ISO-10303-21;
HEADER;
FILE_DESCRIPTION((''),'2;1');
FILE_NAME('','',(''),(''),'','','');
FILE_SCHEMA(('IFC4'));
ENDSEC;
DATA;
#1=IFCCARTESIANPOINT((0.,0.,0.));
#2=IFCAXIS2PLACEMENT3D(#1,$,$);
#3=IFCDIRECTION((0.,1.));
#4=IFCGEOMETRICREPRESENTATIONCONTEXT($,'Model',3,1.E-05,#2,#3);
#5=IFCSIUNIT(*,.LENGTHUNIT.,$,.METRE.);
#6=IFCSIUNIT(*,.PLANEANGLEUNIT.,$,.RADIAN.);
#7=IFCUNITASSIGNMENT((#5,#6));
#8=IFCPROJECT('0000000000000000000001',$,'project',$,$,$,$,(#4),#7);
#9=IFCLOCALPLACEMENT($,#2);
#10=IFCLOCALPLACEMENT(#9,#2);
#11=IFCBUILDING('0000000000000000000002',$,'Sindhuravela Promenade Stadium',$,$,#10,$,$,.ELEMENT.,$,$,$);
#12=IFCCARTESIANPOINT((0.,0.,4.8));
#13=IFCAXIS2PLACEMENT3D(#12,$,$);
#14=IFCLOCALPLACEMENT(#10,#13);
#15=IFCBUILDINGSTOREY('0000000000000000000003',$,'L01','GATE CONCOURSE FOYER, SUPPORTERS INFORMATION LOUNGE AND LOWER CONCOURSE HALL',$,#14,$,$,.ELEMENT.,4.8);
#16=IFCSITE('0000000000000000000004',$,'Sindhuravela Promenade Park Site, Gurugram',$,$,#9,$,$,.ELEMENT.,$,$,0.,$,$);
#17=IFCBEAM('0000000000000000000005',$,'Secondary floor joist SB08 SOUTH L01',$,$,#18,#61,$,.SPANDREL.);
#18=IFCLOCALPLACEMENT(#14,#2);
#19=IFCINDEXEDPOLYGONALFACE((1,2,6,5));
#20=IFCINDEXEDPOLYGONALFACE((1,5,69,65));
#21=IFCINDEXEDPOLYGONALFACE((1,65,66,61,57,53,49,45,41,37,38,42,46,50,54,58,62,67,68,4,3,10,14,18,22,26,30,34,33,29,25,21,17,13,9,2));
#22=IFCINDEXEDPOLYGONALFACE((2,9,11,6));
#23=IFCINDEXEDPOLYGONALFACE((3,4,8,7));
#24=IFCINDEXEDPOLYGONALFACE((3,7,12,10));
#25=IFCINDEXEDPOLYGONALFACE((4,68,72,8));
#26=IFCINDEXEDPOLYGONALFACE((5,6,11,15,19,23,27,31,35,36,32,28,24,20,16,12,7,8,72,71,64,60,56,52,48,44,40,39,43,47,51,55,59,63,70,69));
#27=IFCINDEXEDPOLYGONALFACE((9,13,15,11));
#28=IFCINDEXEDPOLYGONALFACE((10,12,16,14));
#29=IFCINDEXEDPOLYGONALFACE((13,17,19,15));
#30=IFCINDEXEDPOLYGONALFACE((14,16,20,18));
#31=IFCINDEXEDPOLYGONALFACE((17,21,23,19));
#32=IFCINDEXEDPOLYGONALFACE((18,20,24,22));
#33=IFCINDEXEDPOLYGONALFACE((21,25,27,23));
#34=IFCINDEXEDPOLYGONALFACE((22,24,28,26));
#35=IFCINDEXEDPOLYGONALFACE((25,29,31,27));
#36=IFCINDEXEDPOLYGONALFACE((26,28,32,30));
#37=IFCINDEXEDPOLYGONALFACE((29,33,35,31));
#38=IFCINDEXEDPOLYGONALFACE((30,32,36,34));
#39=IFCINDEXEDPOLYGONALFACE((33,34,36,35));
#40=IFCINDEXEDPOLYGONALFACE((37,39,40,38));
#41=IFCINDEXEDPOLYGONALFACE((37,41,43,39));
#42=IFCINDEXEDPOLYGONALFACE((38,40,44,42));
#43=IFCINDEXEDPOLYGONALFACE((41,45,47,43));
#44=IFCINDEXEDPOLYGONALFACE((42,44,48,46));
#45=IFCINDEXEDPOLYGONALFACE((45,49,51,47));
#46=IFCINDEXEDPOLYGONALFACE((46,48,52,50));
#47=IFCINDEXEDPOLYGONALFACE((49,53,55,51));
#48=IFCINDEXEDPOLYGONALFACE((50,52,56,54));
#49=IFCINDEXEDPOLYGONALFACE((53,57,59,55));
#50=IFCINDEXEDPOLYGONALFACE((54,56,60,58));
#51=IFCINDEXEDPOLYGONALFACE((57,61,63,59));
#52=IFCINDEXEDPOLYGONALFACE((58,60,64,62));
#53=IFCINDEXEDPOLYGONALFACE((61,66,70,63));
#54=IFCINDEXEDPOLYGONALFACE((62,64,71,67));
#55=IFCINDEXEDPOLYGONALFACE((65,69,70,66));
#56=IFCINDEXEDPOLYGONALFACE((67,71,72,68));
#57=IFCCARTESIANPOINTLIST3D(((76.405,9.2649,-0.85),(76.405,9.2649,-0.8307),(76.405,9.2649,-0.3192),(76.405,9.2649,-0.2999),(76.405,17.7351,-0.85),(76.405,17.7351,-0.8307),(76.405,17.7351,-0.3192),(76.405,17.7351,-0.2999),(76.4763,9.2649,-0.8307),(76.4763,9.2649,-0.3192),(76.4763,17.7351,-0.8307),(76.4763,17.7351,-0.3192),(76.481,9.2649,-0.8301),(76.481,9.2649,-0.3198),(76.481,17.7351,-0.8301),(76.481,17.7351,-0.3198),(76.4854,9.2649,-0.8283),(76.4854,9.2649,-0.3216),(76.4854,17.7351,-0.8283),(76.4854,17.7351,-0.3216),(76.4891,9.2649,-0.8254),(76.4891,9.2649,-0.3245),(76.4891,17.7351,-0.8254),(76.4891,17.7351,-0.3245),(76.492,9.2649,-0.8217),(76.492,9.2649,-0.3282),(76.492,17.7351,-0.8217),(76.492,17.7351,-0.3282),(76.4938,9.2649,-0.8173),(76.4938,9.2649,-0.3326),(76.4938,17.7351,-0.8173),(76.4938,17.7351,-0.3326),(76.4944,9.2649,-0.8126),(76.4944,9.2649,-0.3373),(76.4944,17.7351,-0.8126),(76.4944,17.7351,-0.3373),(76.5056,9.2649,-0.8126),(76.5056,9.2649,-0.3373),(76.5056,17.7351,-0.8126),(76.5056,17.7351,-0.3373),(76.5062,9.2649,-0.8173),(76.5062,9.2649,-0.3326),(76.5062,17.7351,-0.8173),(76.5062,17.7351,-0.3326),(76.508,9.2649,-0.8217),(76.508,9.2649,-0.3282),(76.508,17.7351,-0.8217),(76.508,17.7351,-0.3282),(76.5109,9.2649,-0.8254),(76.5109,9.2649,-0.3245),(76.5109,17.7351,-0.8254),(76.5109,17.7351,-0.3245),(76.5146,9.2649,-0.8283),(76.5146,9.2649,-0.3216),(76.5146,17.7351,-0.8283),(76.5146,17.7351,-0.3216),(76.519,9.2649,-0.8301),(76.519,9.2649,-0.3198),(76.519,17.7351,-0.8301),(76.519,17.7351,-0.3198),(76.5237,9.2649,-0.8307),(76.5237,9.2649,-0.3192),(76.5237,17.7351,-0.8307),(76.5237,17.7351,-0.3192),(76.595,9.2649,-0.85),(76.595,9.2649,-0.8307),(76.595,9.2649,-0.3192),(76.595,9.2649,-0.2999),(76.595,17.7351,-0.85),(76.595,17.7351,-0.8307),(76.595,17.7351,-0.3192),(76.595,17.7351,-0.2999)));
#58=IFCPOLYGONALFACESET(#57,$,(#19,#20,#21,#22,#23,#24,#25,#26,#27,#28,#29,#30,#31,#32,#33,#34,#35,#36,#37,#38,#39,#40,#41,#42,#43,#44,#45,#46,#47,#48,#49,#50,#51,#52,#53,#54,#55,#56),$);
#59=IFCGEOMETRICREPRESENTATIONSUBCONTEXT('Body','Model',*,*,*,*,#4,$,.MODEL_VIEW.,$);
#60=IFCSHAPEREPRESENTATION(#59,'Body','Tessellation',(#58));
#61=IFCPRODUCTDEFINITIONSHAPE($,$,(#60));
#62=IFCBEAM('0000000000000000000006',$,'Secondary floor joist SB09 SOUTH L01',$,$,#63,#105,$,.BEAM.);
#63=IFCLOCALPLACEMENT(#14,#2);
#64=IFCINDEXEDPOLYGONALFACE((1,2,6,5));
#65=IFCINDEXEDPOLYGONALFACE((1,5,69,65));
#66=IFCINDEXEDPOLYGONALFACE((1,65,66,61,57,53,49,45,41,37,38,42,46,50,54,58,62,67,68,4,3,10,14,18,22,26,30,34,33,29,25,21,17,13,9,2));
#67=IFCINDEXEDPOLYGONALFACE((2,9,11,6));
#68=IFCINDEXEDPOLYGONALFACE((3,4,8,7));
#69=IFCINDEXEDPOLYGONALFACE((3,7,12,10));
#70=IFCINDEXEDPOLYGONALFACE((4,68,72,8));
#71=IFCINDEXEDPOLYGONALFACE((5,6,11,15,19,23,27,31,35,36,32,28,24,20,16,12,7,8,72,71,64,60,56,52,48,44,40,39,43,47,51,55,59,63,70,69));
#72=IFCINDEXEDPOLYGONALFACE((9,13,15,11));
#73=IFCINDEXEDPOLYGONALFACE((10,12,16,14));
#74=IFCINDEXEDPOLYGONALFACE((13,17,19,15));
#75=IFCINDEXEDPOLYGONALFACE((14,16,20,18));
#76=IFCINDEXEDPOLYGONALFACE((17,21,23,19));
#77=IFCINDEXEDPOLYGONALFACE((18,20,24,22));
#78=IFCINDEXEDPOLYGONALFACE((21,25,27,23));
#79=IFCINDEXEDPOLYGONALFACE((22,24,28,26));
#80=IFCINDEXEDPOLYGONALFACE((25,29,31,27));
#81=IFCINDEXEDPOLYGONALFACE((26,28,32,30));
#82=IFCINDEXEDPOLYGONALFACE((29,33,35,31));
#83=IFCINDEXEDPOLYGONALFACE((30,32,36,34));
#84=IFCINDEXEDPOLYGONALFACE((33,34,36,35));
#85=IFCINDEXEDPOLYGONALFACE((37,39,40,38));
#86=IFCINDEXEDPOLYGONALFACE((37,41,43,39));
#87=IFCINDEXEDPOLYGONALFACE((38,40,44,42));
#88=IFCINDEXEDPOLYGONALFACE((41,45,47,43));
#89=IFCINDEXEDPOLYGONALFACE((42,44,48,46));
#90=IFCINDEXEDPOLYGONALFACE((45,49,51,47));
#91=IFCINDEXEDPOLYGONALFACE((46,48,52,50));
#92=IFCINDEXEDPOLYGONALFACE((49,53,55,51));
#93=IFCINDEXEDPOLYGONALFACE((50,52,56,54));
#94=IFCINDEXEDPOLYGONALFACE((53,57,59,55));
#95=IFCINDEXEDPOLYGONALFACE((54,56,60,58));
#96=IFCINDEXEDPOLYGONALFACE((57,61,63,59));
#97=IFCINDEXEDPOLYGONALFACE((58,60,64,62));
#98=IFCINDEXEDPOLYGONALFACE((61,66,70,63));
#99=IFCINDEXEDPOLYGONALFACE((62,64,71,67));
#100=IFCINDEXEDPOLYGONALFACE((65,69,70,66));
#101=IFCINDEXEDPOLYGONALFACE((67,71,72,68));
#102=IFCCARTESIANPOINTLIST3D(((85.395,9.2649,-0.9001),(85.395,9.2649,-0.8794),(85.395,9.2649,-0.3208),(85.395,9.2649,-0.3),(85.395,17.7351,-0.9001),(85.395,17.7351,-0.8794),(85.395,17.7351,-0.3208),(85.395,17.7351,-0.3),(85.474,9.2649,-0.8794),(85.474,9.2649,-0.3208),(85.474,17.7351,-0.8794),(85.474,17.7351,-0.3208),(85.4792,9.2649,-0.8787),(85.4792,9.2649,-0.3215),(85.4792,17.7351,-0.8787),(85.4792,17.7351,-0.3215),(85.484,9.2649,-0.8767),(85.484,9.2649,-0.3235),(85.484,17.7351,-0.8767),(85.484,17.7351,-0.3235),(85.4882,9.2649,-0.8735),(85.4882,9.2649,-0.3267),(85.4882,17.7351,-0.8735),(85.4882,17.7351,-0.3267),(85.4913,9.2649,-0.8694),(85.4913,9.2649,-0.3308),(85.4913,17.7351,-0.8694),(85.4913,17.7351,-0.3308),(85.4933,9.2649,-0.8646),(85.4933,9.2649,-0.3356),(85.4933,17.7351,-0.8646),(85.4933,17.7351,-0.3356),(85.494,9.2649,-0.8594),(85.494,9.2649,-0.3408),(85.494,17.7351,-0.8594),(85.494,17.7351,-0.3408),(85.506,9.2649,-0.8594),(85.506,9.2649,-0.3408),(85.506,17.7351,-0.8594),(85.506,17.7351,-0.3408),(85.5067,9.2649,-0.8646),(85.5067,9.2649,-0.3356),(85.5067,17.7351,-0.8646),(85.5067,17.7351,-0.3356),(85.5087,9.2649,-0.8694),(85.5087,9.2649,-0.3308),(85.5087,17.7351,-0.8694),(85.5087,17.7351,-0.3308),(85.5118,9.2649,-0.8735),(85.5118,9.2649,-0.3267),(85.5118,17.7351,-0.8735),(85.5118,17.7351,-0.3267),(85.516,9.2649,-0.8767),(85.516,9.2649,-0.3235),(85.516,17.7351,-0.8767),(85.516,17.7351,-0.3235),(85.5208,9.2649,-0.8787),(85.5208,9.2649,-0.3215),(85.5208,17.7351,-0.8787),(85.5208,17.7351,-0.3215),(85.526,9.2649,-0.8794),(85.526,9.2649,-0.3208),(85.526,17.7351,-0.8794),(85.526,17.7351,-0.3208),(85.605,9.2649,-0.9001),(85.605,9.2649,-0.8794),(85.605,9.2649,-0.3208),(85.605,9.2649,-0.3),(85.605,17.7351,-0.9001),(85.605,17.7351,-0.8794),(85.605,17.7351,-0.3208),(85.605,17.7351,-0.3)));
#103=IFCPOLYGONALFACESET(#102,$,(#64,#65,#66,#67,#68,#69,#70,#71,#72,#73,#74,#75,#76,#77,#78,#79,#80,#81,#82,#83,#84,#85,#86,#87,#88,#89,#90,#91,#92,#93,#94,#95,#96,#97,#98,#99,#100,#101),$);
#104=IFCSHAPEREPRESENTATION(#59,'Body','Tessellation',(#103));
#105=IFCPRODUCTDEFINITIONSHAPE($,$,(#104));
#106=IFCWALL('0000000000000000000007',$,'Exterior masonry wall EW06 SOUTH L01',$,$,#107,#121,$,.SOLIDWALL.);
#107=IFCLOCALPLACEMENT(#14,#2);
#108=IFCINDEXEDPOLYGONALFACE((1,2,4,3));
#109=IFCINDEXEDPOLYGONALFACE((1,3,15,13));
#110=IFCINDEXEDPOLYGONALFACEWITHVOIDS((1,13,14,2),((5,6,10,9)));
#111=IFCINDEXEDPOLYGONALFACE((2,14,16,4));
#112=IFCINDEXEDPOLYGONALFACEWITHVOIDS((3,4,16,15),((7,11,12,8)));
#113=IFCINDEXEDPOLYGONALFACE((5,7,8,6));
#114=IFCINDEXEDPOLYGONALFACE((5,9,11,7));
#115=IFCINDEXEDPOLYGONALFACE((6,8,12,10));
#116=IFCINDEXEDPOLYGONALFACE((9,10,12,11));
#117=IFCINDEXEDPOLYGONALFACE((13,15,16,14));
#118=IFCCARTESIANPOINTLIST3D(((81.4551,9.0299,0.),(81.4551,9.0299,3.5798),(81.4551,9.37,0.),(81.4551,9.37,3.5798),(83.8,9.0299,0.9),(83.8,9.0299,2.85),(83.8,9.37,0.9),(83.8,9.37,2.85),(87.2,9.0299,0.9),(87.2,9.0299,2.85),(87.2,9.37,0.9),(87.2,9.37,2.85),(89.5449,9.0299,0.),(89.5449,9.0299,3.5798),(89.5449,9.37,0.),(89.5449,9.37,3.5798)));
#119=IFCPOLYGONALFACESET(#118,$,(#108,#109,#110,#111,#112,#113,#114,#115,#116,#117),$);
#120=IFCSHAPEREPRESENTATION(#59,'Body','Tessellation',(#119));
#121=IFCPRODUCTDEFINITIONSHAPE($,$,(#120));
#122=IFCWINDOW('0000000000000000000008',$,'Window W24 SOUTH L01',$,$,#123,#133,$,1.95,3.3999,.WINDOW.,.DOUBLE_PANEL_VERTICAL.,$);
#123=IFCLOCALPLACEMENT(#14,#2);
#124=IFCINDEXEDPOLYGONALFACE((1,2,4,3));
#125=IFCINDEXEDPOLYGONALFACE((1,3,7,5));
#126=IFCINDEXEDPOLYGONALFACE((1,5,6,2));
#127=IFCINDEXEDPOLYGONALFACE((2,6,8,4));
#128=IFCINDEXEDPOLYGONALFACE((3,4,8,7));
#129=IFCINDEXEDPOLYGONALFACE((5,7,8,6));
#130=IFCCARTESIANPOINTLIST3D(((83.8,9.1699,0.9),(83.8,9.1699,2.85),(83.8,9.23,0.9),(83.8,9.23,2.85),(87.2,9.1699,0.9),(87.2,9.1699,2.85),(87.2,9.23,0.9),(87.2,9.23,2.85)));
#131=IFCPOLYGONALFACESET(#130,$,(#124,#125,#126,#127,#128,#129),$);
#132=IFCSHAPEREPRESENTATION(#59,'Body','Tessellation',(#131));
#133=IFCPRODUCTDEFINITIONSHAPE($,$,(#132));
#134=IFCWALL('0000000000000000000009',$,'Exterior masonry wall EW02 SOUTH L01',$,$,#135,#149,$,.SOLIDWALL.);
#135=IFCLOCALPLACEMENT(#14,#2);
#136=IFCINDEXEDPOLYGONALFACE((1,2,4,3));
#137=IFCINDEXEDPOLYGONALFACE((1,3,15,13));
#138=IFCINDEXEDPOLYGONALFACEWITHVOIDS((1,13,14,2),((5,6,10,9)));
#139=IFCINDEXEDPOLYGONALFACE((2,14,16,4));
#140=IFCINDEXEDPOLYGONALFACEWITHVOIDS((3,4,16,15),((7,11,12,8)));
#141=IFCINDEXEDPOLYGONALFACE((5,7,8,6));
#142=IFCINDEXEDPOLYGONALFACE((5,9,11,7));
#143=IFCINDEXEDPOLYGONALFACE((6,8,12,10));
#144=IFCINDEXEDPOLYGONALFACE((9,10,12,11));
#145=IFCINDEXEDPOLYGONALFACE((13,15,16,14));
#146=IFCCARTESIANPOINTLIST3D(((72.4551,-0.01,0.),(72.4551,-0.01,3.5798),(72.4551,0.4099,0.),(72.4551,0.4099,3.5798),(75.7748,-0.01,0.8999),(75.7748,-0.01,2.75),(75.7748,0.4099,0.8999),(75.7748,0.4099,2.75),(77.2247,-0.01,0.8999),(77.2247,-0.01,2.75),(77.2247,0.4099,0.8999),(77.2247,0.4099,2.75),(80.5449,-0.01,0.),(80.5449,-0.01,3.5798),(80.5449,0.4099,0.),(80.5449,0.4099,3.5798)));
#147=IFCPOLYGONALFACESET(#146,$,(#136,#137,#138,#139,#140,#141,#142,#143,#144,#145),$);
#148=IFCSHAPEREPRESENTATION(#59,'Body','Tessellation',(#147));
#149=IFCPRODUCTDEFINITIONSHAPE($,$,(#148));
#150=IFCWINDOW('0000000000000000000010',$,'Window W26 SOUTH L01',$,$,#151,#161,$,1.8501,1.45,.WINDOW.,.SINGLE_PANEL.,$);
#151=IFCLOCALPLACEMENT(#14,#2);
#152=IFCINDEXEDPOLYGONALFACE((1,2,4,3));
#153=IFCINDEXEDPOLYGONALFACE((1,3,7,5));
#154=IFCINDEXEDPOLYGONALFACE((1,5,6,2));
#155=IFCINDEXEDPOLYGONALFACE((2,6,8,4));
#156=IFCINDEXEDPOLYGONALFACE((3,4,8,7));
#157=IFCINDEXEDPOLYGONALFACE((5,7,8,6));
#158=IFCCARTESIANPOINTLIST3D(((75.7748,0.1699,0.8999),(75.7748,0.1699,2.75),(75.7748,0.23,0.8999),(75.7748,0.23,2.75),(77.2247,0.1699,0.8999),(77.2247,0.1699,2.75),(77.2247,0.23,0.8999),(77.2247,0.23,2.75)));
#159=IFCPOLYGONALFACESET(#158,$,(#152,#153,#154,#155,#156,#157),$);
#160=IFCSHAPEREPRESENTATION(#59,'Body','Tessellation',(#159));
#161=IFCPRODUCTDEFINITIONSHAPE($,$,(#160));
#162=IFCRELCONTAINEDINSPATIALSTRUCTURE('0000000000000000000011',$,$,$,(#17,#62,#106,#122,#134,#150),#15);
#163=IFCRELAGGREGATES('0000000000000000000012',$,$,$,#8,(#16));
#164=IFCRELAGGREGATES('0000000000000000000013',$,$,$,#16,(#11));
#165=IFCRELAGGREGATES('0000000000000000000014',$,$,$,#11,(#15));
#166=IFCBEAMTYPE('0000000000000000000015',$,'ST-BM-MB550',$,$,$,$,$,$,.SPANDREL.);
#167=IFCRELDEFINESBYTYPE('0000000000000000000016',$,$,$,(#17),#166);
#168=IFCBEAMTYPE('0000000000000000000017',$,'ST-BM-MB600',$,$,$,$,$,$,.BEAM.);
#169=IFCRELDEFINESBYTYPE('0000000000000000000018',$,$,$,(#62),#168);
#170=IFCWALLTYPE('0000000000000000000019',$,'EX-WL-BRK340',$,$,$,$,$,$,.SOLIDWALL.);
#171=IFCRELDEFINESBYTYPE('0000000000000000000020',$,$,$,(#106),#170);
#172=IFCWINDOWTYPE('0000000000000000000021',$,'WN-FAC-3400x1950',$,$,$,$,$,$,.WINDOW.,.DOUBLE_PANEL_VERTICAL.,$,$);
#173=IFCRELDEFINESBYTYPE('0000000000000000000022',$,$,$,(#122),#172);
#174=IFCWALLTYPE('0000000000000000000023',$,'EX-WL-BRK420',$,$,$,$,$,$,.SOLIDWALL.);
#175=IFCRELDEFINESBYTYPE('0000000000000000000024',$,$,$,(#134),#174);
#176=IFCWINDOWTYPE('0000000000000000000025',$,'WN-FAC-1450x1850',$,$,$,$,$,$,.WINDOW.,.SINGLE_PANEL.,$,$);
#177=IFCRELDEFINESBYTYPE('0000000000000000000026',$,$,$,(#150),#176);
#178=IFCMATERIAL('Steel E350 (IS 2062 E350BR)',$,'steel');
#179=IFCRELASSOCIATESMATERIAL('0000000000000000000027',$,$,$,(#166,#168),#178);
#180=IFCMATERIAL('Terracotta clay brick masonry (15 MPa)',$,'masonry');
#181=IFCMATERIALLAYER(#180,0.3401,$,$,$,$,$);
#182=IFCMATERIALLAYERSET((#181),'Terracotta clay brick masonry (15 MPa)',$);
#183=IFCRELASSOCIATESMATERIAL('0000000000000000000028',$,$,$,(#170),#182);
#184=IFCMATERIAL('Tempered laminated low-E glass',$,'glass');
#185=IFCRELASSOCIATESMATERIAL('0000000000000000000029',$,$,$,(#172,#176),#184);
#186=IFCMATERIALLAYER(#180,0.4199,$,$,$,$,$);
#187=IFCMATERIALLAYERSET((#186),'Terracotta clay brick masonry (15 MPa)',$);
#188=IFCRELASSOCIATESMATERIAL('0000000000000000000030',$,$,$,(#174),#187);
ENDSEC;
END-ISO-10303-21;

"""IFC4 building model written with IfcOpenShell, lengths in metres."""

from ifc_helpers import new_model, si_unit, direction, frame, frame_2d, origin, origin_2d, place, context, subcontext, project, spatial, rectangle, i_section, extrude, material, layer, layer_set, material_profile, profile_set, type_object, element, fill, save


model = new_model("IFC4")

# Units and contexts
model_context = context("Model", 3, precision=1e-05, world=origin(), true_north=direction((0.0, 1.0)))
body_context = subcontext(model_context, "Body", "Model", "MODEL_VIEW")
ifc_project = project(units=[si_unit("LENGTHUNIT", "METRE"), si_unit("PLANEANGLEUNIT", "RADIAN")], contexts=[model_context])

# Site, building, storey
site_placement = place(None, origin())
site = spatial("IfcSite", under=ifc_project, at=site_placement, Name="Sindhuravela Promenade Park Site, Gurugram", CompositionType="ELEMENT", RefElevation=0.0)
building_placement = place(site_placement, origin())
building = spatial("IfcBuilding", under=site, at=building_placement, Name="Sindhuravela Promenade Stadium", CompositionType="ELEMENT")
storey_placement = place(building_placement, frame((0.0, 0.0, 4.8)))
storey = spatial("IfcBuildingStorey", under=building, at=storey_placement, Name="L01", Description="GATE CONCOURSE FOYER, SUPPORTERS INFORMATION LOUNGE AND LOWER CONCOURSE HALL", CompositionType="ELEMENT", Elevation=4.8)

# Beams
ifc_material_1 = material(Name="Steel E350 (IS 2062 E350BR)", Category="steel")
ifc_material_profile_1 = material_profile(ifc_material_1, i_section(OverallWidth=0.1899, OverallDepth=0.55, WebThickness=0.0112, FlangeThickness=0.0193, FilletRadius=0.0181, at=origin_2d()), Name="ISMB 550")
ifc_profile_set_1 = profile_set([ifc_material_profile_1], Name="Steel E350 (IS 2062 E350BR)")
beam_type_1 = type_object("IfcBeamType", Name="ST-BM-MB550", PredefinedType="SPANDREL", material=ifc_profile_set_1)
beam_1_placement = place(storey_placement, frame((76.5, 9.2649, -0.575), z_axis=(0.0, 1.0, 0.0), x_axis=(-1.0, 0.0, 0.0)))
element("IfcBeam", 1, at=beam_1_placement, inside=storey, type_object=beam_type_1, Name="Secondary floor joist SB08 SOUTH L01", PredefinedType="SPANDREL", context=body_context, shape_type="SweptSolid", body=[
    extrude(i_section(OverallWidth=0.1899, OverallDepth=0.55, WebThickness=0.0112, FlangeThickness=0.0193, FilletRadius=0.0181, at=origin_2d()), origin(), (0.0, 0.0, 1.0), 8.4702),
])
ifc_material_profile_2 = material_profile(ifc_material_1, i_section(OverallWidth=0.21, OverallDepth=0.6001, WebThickness=0.012, FlangeThickness=0.0208, FilletRadius=0.02, at=origin_2d()), Name="ISMB 600")
ifc_profile_set_2 = profile_set([ifc_material_profile_2], Name="Steel E350 (IS 2062 E350BR)")
beam_type_2 = type_object("IfcBeamType", Name="ST-BM-MB600", PredefinedType="BEAM", material=ifc_profile_set_2)
beam_2_placement = place(storey_placement, frame((85.5, 9.2649, -0.6001), z_axis=(0.0, 1.0, 0.0), x_axis=(-1.0, 0.0, 0.0)))
element("IfcBeam", 2, at=beam_2_placement, inside=storey, type_object=beam_type_2, Name="Secondary floor joist SB09 SOUTH L01", PredefinedType="BEAM", context=body_context, shape_type="SweptSolid", body=[
    extrude(i_section(OverallWidth=0.21, OverallDepth=0.6001, WebThickness=0.012, FlangeThickness=0.0208, FilletRadius=0.02, at=origin_2d()), origin(), (0.0, 0.0, 1.0), 8.4702),
])

# Walls, openings, windows
ifc_material_2 = material(Name="Terracotta clay brick masonry (15 MPa)", Category="masonry")
ifc_layer_1 = layer(ifc_material_2, 0.3401)
ifc_layer_set_1 = layer_set([ifc_layer_1], Name="Terracotta clay brick masonry (15 MPa)")
wall_type_1 = type_object("IfcWallType", Name="EX-WL-BRK340", PredefinedType="SOLIDWALL", material=ifc_layer_set_1)
wall_1_placement = place(storey_placement, frame((89.5449, 9.2, 0.0), z_axis=(0.0, 0.0, 1.0), x_axis=(-1.0, 0.0, 0.0)))
wall_1 = element("IfcWall", 3, at=wall_1_placement, inside=storey, type_object=wall_type_1, Name="Exterior masonry wall EW06 SOUTH L01", PredefinedType="SOLIDWALL", context=body_context, shape_type="SweptSolid", body=[
    extrude(rectangle(XDim=8.0898, YDim=0.3401, at=frame_2d((4.0449, 0.0))), origin(), (0.0, 0.0, 1.0), 3.5798),
])
opening_1_placement = place(wall_1_placement, frame((2.345, 0.0, 0.8999)))
opening_1 = element("IfcOpeningElement", 4, at=opening_1_placement, cuts=wall_1, PredefinedType="OPENING", context=body_context, shape_type="SweptSolid", body=[
    extrude(rectangle(XDim=3.3999, YDim=1.95, at=frame_2d((1.7, 0.9751))), frame((0.0, 0.1799, 0.0), z_axis=(0.0, -1.0, 0.0), x_axis=(1.0, 0.0, 0.0)), (0.0, 0.0, 1.0), 0.3601),
])
ifc_material_3 = material(Name="Tempered laminated low-E glass", Category="glass")
window_type_1 = type_object("IfcWindowType", Name="WN-FAC-3400x1950", PartitioningType="DOUBLE_PANEL_VERTICAL", PredefinedType="WINDOW", material=ifc_material_3)
window_1_placement = place(opening_1_placement, origin())
window_1 = element("IfcWindow", 5, at=window_1_placement, inside=storey, type_object=window_type_1, Name="Window W24 SOUTH L01", OverallHeight=1.95, OverallWidth=3.3999, PartitioningType="DOUBLE_PANEL_VERTICAL", PredefinedType="WINDOW", context=body_context, shape_type="SweptSolid", body=[
    extrude(rectangle(XDim=3.3999, YDim=1.95, at=frame_2d((1.7, 0.9751))), frame((0.0, 0.03, 0.0), z_axis=(0.0, -1.0, 0.0), x_axis=(1.0, 0.0, 0.0)), (0.0, 0.0, 1.0), 0.0601),
])
fill(opening_1, window_1)
ifc_layer_2 = layer(ifc_material_2, 0.4199)
ifc_layer_set_2 = layer_set([ifc_layer_2], Name="Terracotta clay brick masonry (15 MPa)")
wall_type_2 = type_object("IfcWallType", Name="EX-WL-BRK420", PredefinedType="SOLIDWALL", material=ifc_layer_set_2)
wall_2_placement = place(storey_placement, frame((80.5449, 0.2, 0.0), z_axis=(0.0, 0.0, 1.0), x_axis=(-1.0, 0.0, 0.0)))
wall_2 = element("IfcWall", 6, at=wall_2_placement, inside=storey, type_object=wall_type_2, Name="Exterior masonry wall EW02 SOUTH L01", PredefinedType="SOLIDWALL", context=body_context, shape_type="SweptSolid", body=[
    extrude(rectangle(XDim=8.0898, YDim=0.4199, at=frame_2d((4.0449, 0.0))), origin(), (0.0, 0.0, 1.0), 3.5798),
])
opening_2_placement = place(wall_2_placement, frame((3.3201, 0.0, 0.8999)))
opening_2 = element("IfcOpeningElement", 7, at=opening_2_placement, cuts=wall_2, PredefinedType="OPENING", context=body_context, shape_type="SweptSolid", body=[
    extrude(rectangle(XDim=1.45, YDim=1.8501, at=frame_2d((0.7251, 0.925))), frame((0.0, 0.22, 0.0), z_axis=(0.0, -1.0, 0.0), x_axis=(1.0, 0.0, 0.0)), (0.0, 0.0, 1.0), 0.4399),
])
window_type_2 = type_object("IfcWindowType", Name="WN-FAC-1450x1850", PartitioningType="SINGLE_PANEL", PredefinedType="WINDOW", material=ifc_material_3)
window_2_placement = place(opening_2_placement, origin())
window_2 = element("IfcWindow", 8, at=window_2_placement, inside=storey, type_object=window_type_2, Name="Window W26 SOUTH L01", OverallHeight=1.8501, OverallWidth=1.45, PartitioningType="SINGLE_PANEL", PredefinedType="WINDOW", context=body_context, shape_type="SweptSolid", body=[
    extrude(rectangle(XDim=1.45, YDim=1.8501, at=frame_2d((0.7251, 0.925))), frame((0.0, 0.03, 0.0), z_axis=(0.0, -1.0, 0.0), x_axis=(1.0, 0.0, 0.0)), (0.0, 0.0, 1.0), 0.0601),
])
fill(opening_2, window_2)

save(model, "model.ifc")
